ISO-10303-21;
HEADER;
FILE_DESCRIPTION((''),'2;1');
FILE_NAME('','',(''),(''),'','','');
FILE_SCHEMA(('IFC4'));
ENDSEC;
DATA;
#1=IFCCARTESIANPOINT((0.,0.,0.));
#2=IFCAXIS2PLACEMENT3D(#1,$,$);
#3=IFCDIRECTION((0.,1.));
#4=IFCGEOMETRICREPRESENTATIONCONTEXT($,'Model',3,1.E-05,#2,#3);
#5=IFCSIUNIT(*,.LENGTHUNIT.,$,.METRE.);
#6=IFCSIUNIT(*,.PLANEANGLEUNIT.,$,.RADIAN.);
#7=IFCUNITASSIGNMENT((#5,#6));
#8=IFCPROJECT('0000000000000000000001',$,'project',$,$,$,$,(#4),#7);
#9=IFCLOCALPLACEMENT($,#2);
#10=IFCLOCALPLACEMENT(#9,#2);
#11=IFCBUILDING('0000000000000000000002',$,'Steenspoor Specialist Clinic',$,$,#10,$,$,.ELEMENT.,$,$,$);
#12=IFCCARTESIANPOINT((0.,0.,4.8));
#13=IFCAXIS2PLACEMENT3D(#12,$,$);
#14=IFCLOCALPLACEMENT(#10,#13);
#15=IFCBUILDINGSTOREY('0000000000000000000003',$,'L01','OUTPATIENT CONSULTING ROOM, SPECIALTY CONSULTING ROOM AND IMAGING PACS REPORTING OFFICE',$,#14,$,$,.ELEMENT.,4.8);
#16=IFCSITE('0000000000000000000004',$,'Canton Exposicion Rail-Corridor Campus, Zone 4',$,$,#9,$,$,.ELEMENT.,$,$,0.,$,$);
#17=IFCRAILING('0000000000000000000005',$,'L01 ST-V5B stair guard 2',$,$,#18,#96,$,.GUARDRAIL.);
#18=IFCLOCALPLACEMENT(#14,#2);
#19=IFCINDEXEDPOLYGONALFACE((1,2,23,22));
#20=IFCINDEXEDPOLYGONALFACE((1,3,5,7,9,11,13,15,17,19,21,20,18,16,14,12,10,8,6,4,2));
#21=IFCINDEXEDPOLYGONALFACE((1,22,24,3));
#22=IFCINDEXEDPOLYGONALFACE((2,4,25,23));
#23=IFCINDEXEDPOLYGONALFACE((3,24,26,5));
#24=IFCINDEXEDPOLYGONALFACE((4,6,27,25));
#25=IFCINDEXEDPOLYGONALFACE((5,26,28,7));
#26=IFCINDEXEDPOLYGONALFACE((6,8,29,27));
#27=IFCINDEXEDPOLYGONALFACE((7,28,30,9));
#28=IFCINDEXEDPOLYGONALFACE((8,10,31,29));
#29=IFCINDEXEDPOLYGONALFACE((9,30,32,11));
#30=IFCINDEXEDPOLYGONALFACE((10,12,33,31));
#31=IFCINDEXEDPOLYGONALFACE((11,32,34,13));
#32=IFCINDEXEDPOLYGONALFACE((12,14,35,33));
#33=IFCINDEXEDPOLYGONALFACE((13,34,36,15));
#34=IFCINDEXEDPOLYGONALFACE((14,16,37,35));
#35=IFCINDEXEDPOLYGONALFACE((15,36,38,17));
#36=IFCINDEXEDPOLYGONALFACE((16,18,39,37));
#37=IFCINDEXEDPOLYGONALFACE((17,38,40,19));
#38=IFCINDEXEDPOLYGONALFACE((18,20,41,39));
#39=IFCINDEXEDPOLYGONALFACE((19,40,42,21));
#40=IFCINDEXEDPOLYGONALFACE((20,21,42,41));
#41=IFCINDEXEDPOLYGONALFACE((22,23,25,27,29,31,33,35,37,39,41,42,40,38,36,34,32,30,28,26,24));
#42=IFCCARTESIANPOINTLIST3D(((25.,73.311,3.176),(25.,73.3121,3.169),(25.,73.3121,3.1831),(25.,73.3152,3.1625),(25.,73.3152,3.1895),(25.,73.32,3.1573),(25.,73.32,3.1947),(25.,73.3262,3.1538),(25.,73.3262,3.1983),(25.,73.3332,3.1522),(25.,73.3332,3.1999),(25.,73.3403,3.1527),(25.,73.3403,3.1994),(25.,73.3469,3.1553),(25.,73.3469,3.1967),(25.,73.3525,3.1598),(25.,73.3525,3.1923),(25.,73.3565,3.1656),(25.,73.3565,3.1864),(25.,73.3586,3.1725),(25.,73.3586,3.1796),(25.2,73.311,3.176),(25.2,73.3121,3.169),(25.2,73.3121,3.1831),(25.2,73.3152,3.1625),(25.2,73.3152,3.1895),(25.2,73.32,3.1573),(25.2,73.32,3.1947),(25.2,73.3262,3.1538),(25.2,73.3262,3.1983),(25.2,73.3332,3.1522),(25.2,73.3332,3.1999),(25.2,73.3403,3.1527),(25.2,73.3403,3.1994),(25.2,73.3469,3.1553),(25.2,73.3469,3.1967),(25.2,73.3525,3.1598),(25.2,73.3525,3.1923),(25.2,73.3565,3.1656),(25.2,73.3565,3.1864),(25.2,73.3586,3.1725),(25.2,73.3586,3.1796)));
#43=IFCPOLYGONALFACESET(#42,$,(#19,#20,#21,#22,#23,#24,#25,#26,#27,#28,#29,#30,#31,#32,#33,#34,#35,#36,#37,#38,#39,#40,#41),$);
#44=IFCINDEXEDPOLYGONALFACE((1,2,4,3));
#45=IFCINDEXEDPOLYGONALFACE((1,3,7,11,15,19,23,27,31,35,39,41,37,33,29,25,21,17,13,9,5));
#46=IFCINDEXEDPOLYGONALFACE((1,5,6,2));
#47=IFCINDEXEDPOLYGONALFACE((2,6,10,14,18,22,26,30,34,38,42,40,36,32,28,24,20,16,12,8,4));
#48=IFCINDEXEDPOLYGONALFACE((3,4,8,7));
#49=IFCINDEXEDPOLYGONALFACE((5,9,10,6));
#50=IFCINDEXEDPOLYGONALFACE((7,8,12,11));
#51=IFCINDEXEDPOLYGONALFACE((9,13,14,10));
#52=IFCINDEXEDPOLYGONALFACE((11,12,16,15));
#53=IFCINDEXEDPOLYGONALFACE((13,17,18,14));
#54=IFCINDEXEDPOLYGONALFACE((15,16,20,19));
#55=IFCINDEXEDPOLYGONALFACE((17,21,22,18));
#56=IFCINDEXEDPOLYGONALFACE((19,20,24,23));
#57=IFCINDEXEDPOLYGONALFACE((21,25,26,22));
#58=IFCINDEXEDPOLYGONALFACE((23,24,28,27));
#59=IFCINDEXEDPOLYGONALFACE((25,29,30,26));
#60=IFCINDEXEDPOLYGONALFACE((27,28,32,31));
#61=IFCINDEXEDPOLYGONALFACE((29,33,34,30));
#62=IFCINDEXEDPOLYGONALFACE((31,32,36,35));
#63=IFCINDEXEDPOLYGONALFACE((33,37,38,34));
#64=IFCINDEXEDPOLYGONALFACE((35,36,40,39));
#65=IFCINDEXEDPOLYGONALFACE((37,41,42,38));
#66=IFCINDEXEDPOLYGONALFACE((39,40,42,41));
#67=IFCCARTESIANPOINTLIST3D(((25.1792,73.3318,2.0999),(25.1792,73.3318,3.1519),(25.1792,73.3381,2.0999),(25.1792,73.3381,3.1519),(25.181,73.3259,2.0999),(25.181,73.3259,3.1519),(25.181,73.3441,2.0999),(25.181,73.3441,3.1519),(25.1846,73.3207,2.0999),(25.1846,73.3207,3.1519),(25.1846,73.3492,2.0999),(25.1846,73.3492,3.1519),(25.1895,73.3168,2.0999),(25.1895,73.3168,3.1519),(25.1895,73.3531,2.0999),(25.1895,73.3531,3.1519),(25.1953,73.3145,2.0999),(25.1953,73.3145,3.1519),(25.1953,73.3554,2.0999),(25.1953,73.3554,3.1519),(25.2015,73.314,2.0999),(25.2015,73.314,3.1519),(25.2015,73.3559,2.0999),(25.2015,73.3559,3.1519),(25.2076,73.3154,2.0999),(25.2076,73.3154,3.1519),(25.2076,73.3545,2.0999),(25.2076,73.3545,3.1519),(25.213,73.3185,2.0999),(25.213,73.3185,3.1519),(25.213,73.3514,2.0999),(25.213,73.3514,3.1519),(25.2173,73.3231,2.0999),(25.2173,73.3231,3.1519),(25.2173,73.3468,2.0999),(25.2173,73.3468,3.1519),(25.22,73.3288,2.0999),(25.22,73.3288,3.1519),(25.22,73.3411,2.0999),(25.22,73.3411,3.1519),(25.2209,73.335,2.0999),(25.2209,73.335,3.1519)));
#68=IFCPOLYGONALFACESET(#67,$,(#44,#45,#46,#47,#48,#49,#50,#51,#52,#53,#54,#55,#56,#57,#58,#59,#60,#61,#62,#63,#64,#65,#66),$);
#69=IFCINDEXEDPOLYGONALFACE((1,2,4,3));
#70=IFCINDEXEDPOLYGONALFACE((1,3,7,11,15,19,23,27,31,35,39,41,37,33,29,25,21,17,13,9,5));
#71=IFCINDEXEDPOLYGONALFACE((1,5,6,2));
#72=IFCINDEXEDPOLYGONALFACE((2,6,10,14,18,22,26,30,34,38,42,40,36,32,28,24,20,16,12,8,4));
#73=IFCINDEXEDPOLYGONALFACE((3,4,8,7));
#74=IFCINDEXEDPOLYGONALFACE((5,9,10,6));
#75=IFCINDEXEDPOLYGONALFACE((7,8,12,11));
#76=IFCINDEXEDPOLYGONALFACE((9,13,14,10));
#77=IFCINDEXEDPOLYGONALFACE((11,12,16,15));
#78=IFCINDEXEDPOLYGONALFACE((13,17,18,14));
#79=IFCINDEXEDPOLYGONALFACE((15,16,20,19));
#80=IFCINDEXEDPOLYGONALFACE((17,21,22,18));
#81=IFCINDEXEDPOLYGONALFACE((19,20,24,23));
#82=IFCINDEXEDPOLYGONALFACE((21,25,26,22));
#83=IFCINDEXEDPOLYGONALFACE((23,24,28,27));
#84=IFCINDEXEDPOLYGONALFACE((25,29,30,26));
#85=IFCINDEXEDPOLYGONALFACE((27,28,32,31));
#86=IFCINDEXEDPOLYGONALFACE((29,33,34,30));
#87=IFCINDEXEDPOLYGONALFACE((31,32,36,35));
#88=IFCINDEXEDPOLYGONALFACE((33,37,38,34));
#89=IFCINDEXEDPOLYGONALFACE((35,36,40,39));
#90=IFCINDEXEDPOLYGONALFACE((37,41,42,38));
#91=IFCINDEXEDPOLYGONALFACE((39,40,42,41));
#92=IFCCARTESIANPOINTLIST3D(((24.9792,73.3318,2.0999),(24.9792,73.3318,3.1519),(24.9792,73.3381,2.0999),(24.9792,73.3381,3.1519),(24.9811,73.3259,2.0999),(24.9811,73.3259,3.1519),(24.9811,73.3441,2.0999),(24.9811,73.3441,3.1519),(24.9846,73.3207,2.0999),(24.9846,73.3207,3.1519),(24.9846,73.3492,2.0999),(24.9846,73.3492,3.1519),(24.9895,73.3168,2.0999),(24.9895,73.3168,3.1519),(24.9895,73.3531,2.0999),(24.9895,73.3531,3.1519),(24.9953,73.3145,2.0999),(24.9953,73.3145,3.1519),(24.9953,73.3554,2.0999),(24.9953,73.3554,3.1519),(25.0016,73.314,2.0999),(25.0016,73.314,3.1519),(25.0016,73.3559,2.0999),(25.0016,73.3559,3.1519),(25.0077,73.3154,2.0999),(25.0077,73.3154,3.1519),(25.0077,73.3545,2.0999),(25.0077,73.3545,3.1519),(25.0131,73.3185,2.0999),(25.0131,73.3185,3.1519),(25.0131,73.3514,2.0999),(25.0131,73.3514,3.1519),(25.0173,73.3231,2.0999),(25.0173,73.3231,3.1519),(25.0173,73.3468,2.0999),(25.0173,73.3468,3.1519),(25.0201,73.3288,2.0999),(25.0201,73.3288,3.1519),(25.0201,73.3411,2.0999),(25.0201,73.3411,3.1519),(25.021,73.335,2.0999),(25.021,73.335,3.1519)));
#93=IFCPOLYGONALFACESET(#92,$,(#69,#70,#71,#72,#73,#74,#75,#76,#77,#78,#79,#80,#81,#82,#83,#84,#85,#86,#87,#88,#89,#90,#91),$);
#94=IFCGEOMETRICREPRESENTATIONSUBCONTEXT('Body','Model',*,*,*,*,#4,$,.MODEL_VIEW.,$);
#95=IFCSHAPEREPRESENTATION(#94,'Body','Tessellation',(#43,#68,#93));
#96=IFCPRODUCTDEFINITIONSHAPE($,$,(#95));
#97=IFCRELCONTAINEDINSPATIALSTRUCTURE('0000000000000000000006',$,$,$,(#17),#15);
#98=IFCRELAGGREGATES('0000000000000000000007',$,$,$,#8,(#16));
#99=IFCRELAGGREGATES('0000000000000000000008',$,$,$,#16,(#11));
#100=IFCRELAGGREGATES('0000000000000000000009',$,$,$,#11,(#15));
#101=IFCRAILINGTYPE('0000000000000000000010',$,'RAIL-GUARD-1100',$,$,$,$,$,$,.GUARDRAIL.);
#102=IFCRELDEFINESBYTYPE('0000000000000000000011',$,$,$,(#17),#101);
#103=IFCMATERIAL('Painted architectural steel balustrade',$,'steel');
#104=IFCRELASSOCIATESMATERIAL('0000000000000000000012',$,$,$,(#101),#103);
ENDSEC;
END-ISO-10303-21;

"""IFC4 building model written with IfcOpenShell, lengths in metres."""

from ifc_helpers import new_model, si_unit, direction, frame, origin, origin_2d, place, context, subcontext, project, spatial, circle, extrude, material, type_object, element, save


model = new_model("IFC4")

# Units and contexts
model_context = context("Model", 3, precision=1e-05, world=origin(), true_north=direction((0.0, 1.0)))
body_context = subcontext(model_context, "Body", "Model", "MODEL_VIEW")
ifc_project = project(units=[si_unit("LENGTHUNIT", "METRE"), si_unit("PLANEANGLEUNIT", "RADIAN")], contexts=[model_context])

# Site, building, storey
site_placement = place(None, origin())
site = spatial("IfcSite", under=ifc_project, at=site_placement, Name="Canton Exposicion Rail-Corridor Campus, Zone 4", CompositionType="ELEMENT", RefElevation=0.0)
building_placement = place(site_placement, origin())
building = spatial("IfcBuilding", under=site, at=building_placement, Name="Steenspoor Specialist Clinic", CompositionType="ELEMENT")
storey_placement = place(building_placement, frame((0.0, 0.0, 4.8)))
storey = spatial("IfcBuildingStorey", under=building, at=storey_placement, Name="L01", Description="OUTPATIENT CONSULTING ROOM, SPECIALTY CONSULTING ROOM AND IMAGING PACS REPORTING OFFICE", CompositionType="ELEMENT", Elevation=4.8)

# Railing
ifc_material_1 = material(Name="Painted architectural steel balustrade", Category="steel")
railing_type_1 = type_object("IfcRailingType", Name="RAIL-GUARD-1100", PredefinedType="GUARDRAIL", material=ifc_material_1)
railing_1_placement = place(storey_placement, frame((25.2, 73.335, 2.0999)))
element("IfcRailing", 1, at=railing_1_placement, inside=storey, type_object=railing_type_1, Name="L01 ST-V5B stair guard 2", PredefinedType="GUARDRAIL", context=body_context, shape_type="SweptSolid", body=[
    extrude(circle(Radius=0.0239, at=origin_2d()), frame((0.0, 0.0, 1.0762), z_axis=(-1.0, 0.0, 0.0), x_axis=(0.0, -1.0, 0.0)), (0.0, 0.0, 1.0), 0.2),
    extrude(circle(Radius=0.021, at=origin_2d()), origin(), (0.0, 0.0, 1.0), 1.052),
    extrude(circle(Radius=0.021, at=origin_2d()), frame((-0.2, 0.0, 0.0)), (0.0, 0.0, 1.0), 1.052),
])

save(model, "model.ifc")
